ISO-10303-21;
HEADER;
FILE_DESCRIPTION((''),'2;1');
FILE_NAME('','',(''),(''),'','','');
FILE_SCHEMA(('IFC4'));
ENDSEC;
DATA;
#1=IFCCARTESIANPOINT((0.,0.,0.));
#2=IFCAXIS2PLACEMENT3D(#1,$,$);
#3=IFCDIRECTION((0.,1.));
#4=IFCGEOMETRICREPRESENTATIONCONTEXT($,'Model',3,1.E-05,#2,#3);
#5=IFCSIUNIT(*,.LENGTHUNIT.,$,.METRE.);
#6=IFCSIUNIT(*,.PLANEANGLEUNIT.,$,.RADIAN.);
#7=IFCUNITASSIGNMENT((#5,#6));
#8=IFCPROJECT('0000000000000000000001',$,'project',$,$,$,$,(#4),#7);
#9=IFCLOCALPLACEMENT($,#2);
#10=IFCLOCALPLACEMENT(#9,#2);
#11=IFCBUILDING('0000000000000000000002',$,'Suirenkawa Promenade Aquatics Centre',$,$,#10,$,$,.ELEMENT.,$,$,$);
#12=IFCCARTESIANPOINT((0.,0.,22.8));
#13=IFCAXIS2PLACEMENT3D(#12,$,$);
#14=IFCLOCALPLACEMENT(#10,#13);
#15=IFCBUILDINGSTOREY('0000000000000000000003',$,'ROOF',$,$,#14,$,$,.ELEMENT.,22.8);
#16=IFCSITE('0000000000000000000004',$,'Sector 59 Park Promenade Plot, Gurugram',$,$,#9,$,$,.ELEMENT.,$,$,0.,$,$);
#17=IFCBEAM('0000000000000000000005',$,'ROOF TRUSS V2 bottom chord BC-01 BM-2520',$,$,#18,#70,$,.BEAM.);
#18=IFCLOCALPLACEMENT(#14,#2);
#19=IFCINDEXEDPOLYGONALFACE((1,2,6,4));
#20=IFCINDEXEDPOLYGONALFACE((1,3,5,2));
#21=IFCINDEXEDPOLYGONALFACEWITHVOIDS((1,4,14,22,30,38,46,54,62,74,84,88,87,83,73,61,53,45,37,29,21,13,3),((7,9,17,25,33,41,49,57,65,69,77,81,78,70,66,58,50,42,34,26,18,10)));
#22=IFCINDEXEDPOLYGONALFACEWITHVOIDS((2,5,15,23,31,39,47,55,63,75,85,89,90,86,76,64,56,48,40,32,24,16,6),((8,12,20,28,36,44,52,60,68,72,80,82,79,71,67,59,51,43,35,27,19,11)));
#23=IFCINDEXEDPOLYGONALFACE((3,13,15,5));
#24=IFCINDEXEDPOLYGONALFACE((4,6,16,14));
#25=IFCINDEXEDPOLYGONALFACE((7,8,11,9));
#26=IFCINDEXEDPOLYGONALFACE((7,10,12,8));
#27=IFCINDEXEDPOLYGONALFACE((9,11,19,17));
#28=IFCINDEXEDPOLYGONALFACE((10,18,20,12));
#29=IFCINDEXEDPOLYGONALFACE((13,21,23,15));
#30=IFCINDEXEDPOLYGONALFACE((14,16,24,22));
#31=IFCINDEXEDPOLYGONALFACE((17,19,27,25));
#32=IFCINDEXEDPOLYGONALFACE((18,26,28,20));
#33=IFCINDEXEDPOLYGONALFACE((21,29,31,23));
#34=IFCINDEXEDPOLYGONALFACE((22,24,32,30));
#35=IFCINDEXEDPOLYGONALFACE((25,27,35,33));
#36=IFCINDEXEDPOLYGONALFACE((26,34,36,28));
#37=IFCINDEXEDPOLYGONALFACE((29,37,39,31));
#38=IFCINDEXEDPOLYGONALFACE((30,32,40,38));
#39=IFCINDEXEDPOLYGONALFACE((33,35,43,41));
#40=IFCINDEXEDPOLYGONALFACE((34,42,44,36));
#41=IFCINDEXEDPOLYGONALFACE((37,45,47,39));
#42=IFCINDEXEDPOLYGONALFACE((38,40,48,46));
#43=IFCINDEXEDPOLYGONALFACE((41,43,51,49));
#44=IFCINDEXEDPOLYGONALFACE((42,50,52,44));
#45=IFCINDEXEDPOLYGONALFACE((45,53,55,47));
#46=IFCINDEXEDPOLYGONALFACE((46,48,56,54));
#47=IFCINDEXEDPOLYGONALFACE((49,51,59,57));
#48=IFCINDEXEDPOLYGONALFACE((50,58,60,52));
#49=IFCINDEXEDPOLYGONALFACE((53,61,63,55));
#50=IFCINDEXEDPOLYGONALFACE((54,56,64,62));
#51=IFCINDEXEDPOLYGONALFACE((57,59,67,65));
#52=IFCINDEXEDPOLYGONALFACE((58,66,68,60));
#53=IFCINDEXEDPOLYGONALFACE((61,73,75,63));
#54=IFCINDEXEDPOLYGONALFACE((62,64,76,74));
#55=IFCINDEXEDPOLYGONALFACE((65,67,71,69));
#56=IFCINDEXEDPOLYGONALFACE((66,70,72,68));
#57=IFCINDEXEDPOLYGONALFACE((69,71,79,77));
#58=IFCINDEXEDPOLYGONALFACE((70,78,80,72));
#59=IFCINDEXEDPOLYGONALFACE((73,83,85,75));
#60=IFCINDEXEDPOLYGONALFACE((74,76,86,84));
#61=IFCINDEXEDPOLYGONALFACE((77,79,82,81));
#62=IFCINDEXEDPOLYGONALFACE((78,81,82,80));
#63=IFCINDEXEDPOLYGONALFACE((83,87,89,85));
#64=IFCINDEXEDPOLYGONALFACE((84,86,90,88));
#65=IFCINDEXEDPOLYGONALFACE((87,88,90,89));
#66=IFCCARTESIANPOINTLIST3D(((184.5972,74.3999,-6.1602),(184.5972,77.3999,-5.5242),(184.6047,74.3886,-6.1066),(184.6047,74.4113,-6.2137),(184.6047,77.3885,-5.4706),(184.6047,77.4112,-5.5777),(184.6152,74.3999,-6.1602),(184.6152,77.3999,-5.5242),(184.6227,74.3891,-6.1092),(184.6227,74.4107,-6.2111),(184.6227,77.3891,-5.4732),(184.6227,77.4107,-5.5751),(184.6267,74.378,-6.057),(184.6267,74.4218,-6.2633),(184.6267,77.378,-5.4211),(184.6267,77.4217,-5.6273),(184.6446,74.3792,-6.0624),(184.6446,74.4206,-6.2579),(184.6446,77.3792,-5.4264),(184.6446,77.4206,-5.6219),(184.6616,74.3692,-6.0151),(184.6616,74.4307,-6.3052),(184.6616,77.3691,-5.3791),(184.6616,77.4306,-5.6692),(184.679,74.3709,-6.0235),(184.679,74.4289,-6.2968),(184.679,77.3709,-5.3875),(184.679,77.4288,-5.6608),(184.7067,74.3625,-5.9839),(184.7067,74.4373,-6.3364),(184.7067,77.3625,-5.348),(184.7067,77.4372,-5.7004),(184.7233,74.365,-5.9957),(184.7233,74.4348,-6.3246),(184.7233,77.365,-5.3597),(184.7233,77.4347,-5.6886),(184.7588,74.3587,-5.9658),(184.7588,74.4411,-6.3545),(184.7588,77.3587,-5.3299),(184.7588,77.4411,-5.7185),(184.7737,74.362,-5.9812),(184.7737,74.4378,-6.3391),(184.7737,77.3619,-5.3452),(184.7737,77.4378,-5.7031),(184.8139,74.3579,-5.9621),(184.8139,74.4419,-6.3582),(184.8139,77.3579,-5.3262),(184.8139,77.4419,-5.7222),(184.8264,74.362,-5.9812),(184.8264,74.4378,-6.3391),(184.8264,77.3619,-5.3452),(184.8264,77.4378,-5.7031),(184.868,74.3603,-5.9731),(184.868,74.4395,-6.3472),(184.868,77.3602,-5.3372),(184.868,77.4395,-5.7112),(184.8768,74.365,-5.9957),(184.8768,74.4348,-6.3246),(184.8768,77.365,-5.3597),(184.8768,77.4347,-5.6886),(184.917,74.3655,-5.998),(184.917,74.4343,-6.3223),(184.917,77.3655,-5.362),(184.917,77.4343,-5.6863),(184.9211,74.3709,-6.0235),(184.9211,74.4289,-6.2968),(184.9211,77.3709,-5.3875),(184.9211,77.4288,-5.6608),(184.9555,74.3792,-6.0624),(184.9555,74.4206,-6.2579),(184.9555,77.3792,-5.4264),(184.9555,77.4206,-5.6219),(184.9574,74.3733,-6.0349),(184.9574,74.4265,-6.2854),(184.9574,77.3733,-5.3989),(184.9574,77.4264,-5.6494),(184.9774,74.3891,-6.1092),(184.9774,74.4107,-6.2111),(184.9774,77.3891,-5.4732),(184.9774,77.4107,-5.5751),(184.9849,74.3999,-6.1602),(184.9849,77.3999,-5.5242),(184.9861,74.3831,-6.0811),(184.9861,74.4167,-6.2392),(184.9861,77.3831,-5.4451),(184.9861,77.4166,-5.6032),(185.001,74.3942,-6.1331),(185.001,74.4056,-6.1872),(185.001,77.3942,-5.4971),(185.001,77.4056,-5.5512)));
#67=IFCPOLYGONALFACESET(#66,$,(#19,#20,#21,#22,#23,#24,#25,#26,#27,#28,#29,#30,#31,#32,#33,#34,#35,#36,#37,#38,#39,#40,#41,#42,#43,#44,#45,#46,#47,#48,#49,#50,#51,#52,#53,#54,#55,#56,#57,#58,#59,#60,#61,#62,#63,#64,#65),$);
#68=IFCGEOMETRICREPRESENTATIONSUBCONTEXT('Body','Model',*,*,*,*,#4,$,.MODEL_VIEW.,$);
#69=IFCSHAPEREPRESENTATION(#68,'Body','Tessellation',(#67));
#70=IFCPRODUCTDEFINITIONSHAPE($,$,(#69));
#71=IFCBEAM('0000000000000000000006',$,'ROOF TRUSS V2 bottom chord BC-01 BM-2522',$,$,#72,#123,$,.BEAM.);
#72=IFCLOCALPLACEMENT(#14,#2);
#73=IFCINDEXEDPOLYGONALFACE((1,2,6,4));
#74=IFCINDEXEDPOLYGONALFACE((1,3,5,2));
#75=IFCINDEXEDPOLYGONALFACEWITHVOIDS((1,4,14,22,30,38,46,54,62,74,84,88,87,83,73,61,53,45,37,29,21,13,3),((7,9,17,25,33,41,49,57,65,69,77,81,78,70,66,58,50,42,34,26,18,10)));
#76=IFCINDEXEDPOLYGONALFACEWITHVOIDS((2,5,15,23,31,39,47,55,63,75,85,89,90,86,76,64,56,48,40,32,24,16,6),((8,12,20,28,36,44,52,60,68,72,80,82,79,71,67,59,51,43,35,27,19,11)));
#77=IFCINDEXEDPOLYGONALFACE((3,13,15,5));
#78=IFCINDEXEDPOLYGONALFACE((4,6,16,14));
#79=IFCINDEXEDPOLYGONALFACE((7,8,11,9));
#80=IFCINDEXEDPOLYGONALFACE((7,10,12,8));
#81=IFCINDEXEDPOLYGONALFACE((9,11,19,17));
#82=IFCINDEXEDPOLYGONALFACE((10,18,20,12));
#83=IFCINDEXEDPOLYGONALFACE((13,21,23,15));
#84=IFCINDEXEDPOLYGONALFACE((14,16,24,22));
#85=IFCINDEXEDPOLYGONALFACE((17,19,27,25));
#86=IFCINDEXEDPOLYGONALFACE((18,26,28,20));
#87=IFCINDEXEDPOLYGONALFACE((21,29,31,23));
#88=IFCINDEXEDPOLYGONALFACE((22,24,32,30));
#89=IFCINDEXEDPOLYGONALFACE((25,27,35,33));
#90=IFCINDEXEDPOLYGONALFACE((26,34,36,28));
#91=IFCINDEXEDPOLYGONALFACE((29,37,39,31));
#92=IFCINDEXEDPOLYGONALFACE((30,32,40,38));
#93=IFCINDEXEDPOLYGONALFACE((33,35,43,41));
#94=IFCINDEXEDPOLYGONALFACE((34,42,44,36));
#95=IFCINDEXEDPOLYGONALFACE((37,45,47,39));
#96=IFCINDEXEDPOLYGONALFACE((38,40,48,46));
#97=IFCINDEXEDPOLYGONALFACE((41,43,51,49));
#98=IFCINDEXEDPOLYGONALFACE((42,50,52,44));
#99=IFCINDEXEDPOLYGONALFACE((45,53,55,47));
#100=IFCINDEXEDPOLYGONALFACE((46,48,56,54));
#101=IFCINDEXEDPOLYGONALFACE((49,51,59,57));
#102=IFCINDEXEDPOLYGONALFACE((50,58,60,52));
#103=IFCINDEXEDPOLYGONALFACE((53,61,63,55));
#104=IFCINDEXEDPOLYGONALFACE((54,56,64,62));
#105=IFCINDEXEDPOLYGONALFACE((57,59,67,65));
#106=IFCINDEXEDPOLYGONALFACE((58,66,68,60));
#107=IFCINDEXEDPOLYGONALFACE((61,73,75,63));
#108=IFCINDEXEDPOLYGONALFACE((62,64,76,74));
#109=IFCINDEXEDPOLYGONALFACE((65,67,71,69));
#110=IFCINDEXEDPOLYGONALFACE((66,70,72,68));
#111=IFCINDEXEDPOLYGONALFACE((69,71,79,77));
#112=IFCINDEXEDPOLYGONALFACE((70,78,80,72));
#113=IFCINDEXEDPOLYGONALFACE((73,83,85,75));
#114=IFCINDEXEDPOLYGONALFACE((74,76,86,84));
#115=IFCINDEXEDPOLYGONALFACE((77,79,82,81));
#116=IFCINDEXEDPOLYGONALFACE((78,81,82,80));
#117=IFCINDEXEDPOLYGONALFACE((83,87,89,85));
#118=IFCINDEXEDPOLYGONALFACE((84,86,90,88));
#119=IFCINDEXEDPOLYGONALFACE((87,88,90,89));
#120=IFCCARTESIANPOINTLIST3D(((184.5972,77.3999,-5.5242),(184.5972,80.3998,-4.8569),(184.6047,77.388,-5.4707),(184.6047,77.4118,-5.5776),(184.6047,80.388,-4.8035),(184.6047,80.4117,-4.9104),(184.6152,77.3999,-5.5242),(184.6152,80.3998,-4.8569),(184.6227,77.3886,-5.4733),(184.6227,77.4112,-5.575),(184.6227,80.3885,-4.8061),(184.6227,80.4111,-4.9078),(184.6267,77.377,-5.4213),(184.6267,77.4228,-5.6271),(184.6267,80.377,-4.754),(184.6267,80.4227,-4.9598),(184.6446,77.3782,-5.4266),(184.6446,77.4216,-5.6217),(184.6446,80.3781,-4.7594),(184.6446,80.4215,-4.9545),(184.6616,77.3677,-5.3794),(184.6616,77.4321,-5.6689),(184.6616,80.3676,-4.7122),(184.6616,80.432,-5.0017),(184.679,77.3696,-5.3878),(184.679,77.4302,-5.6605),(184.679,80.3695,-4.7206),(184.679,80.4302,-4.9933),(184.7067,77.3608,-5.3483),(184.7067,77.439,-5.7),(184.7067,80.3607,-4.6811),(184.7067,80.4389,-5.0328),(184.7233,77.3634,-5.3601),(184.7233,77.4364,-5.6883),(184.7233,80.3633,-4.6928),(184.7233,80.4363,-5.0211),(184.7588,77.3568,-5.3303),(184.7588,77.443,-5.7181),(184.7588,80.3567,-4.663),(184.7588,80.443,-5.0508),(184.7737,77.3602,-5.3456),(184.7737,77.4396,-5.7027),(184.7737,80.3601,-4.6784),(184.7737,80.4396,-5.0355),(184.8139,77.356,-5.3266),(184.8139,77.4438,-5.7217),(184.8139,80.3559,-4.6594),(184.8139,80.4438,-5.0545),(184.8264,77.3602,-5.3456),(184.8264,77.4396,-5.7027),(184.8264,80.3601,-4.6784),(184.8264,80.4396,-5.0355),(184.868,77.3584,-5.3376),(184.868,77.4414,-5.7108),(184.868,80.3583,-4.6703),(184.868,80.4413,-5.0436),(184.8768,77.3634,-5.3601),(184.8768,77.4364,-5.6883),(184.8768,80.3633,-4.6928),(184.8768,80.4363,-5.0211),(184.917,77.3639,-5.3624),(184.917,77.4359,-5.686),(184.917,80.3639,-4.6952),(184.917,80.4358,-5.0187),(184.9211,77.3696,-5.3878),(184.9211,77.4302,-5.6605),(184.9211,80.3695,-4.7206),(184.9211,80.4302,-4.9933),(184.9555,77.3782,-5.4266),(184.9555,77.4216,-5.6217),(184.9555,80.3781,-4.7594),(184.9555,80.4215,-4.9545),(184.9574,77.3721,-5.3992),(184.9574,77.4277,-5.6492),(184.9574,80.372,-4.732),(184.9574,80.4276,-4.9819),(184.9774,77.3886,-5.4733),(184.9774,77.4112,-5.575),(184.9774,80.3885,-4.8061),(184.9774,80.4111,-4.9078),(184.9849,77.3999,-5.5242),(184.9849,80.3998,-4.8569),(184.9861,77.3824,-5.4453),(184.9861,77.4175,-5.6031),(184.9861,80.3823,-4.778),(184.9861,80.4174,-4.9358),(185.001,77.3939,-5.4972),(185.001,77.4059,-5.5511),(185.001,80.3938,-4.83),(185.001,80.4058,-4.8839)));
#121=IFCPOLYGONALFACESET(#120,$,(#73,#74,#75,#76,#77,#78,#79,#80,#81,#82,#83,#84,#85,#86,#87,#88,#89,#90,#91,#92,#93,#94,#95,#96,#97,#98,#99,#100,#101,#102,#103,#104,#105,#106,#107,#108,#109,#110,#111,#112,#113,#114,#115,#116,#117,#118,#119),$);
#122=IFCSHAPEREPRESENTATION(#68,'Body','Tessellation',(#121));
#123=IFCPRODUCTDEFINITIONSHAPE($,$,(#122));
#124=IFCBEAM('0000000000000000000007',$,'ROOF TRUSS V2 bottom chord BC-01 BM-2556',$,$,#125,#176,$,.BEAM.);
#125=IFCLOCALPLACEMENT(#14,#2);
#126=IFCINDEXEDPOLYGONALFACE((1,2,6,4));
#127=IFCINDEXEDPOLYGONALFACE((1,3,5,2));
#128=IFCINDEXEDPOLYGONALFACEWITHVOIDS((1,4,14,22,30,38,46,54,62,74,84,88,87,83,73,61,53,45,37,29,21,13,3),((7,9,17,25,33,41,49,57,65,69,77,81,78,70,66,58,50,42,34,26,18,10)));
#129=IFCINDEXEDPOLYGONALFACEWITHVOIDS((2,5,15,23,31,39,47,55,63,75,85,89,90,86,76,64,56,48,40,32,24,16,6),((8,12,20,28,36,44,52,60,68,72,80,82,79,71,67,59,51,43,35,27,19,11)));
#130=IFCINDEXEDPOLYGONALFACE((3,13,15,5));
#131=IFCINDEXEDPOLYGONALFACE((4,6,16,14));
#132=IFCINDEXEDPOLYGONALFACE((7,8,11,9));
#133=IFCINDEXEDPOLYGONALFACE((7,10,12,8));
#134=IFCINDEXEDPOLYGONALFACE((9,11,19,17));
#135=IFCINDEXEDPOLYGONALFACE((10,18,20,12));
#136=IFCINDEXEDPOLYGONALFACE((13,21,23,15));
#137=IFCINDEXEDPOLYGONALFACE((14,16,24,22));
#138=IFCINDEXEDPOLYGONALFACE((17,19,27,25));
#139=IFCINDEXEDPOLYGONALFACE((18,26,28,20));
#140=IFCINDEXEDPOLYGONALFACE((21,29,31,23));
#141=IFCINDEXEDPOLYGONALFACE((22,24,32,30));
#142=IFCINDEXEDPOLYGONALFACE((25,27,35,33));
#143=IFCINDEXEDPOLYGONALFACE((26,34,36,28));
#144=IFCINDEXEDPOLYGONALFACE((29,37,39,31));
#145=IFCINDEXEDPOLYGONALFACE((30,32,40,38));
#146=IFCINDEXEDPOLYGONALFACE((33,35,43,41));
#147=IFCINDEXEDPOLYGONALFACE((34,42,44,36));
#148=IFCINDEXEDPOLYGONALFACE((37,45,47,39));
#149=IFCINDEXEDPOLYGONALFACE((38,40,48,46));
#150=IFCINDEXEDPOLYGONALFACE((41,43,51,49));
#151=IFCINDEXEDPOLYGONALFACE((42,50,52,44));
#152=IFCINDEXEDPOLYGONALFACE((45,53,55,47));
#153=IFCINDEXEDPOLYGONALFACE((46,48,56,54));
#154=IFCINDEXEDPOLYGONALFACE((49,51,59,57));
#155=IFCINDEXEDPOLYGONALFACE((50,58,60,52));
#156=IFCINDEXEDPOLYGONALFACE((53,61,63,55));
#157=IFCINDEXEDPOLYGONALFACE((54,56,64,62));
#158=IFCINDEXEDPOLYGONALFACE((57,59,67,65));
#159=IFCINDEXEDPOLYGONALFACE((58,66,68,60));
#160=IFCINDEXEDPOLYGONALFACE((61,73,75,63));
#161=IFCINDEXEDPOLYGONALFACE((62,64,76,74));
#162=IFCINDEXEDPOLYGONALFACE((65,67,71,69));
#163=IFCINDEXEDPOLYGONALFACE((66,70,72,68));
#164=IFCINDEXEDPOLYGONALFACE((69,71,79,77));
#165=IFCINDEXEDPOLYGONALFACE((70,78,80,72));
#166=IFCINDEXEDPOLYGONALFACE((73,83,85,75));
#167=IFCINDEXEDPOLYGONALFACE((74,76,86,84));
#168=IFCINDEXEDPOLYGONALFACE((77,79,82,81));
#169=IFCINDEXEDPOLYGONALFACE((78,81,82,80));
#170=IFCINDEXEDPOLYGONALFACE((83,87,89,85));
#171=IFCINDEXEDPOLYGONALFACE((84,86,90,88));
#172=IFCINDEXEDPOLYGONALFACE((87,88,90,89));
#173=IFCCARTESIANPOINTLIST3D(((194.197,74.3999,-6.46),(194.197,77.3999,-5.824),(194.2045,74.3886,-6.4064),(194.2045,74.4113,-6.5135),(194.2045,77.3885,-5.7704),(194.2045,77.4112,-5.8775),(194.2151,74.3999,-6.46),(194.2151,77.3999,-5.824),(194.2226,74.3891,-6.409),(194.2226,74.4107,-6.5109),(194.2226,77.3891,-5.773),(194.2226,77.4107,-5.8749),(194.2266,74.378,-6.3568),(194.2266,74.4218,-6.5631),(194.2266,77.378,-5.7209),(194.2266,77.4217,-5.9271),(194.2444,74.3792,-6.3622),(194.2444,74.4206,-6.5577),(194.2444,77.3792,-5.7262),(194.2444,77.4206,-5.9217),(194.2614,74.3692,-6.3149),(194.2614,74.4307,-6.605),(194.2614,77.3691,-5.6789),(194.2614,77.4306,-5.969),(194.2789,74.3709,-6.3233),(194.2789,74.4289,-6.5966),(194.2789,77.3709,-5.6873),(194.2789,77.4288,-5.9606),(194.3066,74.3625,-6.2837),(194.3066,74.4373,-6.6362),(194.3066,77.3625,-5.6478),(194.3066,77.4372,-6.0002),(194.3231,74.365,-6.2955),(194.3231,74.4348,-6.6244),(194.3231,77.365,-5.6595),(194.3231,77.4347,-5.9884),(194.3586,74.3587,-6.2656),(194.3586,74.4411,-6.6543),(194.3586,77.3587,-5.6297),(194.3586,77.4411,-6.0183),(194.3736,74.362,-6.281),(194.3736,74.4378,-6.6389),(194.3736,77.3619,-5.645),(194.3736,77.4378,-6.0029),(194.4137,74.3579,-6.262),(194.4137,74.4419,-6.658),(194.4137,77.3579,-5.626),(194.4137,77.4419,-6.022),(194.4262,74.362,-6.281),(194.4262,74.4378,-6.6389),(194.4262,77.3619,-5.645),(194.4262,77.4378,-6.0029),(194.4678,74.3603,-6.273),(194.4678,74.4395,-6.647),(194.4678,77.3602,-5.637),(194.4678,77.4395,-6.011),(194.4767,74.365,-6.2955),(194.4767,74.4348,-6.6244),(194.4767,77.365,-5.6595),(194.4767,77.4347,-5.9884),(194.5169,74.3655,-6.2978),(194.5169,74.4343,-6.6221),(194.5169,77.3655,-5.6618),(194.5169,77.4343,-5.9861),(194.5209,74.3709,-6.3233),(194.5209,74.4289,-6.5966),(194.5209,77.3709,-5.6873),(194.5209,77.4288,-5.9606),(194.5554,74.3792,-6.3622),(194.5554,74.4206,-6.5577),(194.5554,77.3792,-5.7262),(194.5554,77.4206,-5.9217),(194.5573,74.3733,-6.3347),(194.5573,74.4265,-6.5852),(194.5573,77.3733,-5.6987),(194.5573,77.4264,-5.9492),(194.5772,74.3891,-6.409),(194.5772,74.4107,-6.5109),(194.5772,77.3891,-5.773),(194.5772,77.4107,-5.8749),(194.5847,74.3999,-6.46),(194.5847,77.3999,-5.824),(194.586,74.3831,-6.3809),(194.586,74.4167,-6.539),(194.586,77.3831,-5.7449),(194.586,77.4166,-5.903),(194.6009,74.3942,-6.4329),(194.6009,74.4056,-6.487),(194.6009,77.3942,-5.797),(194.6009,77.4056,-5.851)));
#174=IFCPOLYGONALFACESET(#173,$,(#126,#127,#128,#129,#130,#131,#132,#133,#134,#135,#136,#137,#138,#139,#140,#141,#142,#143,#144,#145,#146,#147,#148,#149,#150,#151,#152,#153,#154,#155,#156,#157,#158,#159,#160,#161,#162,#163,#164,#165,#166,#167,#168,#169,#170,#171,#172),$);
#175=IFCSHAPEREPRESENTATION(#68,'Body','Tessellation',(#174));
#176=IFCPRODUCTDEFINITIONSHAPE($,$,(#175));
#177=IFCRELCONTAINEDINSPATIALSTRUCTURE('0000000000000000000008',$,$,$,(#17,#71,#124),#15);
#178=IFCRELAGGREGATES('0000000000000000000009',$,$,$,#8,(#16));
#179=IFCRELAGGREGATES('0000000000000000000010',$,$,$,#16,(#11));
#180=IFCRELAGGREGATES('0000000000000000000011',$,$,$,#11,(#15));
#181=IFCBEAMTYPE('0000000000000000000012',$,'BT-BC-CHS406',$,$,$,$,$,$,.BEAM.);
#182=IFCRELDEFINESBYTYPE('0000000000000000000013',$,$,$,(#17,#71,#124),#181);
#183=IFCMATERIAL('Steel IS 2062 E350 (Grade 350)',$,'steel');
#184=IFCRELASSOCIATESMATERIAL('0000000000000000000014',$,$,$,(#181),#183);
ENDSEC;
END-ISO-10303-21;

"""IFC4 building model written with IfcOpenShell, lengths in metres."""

from ifc_helpers import new_model, si_unit, direction, frame, origin, origin_2d, place, context, subcontext, project, spatial, hollow_circle, extrude, material, material_profile, profile_set, type_object, element, save


model = new_model("IFC4")

# Units and contexts
model_context = context("Model", 3, precision=1e-05, world=origin(), true_north=direction((0.0, 1.0)))
body_context = subcontext(model_context, "Body", "Model", "MODEL_VIEW")
ifc_project = project(units=[si_unit("LENGTHUNIT", "METRE"), si_unit("PLANEANGLEUNIT", "RADIAN")], contexts=[model_context])

# Site, building, storey
site_placement = place(None, origin())
site = spatial("IfcSite", under=ifc_project, at=site_placement, Name="Sector 59 Park Promenade Plot, Gurugram", CompositionType="ELEMENT", RefElevation=0.0)
building_placement = place(site_placement, origin())
building = spatial("IfcBuilding", under=site, at=building_placement, Name="Suirenkawa Promenade Aquatics Centre", CompositionType="ELEMENT")
storey_placement = place(building_placement, frame((0.0, 0.0, 22.8)))
storey = spatial("IfcBuildingStorey", under=building, at=storey_placement, Name="ROOF", CompositionType="ELEMENT", Elevation=22.8)

# Beams
ifc_material = material(Name="Steel IS 2062 E350 (Grade 350)", Category="steel")
ifc_material_profile_1 = material_profile(ifc_material, hollow_circle(Radius=0.2029, WallThickness=0.0181, at=origin_2d()), Name="CHS 406x18", Category="steel")
ifc_profile_set_1 = profile_set([ifc_material_profile_1], Name="Steel IS 2062 E350 (Grade 350)")
beam_type_1 = type_object("IfcBeamType", Name="BT-BC-CHS406", PredefinedType="BEAM", material=ifc_profile_set_1)
beam_1_placement = place(storey_placement, frame((184.8, 74.3999, -6.1602), z_axis=(0.0, 0.978259, 0.207386), x_axis=(-1.0, 0.0, 0.0)))
element("IfcBeam", 1, at=beam_1_placement, inside=storey, type_object=beam_type_1, Name="ROOF TRUSS V2 bottom chord BC-01 BM-2520", PredefinedType="BEAM", context=body_context, shape_type="SweptSolid", body=[
    extrude(hollow_circle(Radius=0.2029, WallThickness=0.0181, at=origin_2d()), origin(), (0.0, 0.0, 1.0), 3.0667),
])
beam_2_placement = place(storey_placement, frame((184.8, 77.3999, -5.5242), z_axis=(0.0, 0.976148, 0.217107), x_axis=(-1.0, 0.0, 0.0)))
element("IfcBeam", 2, at=beam_2_placement, inside=storey, type_object=beam_type_1, Name="ROOF TRUSS V2 bottom chord BC-01 BM-2522", PredefinedType="BEAM", context=body_context, shape_type="SweptSolid", body=[
    extrude(hollow_circle(Radius=0.2029, WallThickness=0.0181, at=origin_2d()), origin(), (0.0, 0.0, 1.0), 3.0732),
])
beam_3_placement = place(storey_placement, frame((194.3999, 74.3999, -6.46), z_axis=(0.0, 0.978259, 0.207386), x_axis=(-1.0, 0.0, 0.0)))
element("IfcBeam", 3, at=beam_3_placement, inside=storey, type_object=beam_type_1, Name="ROOF TRUSS V2 bottom chord BC-01 BM-2556", PredefinedType="BEAM", context=body_context, shape_type="SweptSolid", body=[
    extrude(hollow_circle(Radius=0.2029, WallThickness=0.0181, at=origin_2d()), origin(), (0.0, 0.0, 1.0), 3.0667),
])

save(model, "model.ifc")
